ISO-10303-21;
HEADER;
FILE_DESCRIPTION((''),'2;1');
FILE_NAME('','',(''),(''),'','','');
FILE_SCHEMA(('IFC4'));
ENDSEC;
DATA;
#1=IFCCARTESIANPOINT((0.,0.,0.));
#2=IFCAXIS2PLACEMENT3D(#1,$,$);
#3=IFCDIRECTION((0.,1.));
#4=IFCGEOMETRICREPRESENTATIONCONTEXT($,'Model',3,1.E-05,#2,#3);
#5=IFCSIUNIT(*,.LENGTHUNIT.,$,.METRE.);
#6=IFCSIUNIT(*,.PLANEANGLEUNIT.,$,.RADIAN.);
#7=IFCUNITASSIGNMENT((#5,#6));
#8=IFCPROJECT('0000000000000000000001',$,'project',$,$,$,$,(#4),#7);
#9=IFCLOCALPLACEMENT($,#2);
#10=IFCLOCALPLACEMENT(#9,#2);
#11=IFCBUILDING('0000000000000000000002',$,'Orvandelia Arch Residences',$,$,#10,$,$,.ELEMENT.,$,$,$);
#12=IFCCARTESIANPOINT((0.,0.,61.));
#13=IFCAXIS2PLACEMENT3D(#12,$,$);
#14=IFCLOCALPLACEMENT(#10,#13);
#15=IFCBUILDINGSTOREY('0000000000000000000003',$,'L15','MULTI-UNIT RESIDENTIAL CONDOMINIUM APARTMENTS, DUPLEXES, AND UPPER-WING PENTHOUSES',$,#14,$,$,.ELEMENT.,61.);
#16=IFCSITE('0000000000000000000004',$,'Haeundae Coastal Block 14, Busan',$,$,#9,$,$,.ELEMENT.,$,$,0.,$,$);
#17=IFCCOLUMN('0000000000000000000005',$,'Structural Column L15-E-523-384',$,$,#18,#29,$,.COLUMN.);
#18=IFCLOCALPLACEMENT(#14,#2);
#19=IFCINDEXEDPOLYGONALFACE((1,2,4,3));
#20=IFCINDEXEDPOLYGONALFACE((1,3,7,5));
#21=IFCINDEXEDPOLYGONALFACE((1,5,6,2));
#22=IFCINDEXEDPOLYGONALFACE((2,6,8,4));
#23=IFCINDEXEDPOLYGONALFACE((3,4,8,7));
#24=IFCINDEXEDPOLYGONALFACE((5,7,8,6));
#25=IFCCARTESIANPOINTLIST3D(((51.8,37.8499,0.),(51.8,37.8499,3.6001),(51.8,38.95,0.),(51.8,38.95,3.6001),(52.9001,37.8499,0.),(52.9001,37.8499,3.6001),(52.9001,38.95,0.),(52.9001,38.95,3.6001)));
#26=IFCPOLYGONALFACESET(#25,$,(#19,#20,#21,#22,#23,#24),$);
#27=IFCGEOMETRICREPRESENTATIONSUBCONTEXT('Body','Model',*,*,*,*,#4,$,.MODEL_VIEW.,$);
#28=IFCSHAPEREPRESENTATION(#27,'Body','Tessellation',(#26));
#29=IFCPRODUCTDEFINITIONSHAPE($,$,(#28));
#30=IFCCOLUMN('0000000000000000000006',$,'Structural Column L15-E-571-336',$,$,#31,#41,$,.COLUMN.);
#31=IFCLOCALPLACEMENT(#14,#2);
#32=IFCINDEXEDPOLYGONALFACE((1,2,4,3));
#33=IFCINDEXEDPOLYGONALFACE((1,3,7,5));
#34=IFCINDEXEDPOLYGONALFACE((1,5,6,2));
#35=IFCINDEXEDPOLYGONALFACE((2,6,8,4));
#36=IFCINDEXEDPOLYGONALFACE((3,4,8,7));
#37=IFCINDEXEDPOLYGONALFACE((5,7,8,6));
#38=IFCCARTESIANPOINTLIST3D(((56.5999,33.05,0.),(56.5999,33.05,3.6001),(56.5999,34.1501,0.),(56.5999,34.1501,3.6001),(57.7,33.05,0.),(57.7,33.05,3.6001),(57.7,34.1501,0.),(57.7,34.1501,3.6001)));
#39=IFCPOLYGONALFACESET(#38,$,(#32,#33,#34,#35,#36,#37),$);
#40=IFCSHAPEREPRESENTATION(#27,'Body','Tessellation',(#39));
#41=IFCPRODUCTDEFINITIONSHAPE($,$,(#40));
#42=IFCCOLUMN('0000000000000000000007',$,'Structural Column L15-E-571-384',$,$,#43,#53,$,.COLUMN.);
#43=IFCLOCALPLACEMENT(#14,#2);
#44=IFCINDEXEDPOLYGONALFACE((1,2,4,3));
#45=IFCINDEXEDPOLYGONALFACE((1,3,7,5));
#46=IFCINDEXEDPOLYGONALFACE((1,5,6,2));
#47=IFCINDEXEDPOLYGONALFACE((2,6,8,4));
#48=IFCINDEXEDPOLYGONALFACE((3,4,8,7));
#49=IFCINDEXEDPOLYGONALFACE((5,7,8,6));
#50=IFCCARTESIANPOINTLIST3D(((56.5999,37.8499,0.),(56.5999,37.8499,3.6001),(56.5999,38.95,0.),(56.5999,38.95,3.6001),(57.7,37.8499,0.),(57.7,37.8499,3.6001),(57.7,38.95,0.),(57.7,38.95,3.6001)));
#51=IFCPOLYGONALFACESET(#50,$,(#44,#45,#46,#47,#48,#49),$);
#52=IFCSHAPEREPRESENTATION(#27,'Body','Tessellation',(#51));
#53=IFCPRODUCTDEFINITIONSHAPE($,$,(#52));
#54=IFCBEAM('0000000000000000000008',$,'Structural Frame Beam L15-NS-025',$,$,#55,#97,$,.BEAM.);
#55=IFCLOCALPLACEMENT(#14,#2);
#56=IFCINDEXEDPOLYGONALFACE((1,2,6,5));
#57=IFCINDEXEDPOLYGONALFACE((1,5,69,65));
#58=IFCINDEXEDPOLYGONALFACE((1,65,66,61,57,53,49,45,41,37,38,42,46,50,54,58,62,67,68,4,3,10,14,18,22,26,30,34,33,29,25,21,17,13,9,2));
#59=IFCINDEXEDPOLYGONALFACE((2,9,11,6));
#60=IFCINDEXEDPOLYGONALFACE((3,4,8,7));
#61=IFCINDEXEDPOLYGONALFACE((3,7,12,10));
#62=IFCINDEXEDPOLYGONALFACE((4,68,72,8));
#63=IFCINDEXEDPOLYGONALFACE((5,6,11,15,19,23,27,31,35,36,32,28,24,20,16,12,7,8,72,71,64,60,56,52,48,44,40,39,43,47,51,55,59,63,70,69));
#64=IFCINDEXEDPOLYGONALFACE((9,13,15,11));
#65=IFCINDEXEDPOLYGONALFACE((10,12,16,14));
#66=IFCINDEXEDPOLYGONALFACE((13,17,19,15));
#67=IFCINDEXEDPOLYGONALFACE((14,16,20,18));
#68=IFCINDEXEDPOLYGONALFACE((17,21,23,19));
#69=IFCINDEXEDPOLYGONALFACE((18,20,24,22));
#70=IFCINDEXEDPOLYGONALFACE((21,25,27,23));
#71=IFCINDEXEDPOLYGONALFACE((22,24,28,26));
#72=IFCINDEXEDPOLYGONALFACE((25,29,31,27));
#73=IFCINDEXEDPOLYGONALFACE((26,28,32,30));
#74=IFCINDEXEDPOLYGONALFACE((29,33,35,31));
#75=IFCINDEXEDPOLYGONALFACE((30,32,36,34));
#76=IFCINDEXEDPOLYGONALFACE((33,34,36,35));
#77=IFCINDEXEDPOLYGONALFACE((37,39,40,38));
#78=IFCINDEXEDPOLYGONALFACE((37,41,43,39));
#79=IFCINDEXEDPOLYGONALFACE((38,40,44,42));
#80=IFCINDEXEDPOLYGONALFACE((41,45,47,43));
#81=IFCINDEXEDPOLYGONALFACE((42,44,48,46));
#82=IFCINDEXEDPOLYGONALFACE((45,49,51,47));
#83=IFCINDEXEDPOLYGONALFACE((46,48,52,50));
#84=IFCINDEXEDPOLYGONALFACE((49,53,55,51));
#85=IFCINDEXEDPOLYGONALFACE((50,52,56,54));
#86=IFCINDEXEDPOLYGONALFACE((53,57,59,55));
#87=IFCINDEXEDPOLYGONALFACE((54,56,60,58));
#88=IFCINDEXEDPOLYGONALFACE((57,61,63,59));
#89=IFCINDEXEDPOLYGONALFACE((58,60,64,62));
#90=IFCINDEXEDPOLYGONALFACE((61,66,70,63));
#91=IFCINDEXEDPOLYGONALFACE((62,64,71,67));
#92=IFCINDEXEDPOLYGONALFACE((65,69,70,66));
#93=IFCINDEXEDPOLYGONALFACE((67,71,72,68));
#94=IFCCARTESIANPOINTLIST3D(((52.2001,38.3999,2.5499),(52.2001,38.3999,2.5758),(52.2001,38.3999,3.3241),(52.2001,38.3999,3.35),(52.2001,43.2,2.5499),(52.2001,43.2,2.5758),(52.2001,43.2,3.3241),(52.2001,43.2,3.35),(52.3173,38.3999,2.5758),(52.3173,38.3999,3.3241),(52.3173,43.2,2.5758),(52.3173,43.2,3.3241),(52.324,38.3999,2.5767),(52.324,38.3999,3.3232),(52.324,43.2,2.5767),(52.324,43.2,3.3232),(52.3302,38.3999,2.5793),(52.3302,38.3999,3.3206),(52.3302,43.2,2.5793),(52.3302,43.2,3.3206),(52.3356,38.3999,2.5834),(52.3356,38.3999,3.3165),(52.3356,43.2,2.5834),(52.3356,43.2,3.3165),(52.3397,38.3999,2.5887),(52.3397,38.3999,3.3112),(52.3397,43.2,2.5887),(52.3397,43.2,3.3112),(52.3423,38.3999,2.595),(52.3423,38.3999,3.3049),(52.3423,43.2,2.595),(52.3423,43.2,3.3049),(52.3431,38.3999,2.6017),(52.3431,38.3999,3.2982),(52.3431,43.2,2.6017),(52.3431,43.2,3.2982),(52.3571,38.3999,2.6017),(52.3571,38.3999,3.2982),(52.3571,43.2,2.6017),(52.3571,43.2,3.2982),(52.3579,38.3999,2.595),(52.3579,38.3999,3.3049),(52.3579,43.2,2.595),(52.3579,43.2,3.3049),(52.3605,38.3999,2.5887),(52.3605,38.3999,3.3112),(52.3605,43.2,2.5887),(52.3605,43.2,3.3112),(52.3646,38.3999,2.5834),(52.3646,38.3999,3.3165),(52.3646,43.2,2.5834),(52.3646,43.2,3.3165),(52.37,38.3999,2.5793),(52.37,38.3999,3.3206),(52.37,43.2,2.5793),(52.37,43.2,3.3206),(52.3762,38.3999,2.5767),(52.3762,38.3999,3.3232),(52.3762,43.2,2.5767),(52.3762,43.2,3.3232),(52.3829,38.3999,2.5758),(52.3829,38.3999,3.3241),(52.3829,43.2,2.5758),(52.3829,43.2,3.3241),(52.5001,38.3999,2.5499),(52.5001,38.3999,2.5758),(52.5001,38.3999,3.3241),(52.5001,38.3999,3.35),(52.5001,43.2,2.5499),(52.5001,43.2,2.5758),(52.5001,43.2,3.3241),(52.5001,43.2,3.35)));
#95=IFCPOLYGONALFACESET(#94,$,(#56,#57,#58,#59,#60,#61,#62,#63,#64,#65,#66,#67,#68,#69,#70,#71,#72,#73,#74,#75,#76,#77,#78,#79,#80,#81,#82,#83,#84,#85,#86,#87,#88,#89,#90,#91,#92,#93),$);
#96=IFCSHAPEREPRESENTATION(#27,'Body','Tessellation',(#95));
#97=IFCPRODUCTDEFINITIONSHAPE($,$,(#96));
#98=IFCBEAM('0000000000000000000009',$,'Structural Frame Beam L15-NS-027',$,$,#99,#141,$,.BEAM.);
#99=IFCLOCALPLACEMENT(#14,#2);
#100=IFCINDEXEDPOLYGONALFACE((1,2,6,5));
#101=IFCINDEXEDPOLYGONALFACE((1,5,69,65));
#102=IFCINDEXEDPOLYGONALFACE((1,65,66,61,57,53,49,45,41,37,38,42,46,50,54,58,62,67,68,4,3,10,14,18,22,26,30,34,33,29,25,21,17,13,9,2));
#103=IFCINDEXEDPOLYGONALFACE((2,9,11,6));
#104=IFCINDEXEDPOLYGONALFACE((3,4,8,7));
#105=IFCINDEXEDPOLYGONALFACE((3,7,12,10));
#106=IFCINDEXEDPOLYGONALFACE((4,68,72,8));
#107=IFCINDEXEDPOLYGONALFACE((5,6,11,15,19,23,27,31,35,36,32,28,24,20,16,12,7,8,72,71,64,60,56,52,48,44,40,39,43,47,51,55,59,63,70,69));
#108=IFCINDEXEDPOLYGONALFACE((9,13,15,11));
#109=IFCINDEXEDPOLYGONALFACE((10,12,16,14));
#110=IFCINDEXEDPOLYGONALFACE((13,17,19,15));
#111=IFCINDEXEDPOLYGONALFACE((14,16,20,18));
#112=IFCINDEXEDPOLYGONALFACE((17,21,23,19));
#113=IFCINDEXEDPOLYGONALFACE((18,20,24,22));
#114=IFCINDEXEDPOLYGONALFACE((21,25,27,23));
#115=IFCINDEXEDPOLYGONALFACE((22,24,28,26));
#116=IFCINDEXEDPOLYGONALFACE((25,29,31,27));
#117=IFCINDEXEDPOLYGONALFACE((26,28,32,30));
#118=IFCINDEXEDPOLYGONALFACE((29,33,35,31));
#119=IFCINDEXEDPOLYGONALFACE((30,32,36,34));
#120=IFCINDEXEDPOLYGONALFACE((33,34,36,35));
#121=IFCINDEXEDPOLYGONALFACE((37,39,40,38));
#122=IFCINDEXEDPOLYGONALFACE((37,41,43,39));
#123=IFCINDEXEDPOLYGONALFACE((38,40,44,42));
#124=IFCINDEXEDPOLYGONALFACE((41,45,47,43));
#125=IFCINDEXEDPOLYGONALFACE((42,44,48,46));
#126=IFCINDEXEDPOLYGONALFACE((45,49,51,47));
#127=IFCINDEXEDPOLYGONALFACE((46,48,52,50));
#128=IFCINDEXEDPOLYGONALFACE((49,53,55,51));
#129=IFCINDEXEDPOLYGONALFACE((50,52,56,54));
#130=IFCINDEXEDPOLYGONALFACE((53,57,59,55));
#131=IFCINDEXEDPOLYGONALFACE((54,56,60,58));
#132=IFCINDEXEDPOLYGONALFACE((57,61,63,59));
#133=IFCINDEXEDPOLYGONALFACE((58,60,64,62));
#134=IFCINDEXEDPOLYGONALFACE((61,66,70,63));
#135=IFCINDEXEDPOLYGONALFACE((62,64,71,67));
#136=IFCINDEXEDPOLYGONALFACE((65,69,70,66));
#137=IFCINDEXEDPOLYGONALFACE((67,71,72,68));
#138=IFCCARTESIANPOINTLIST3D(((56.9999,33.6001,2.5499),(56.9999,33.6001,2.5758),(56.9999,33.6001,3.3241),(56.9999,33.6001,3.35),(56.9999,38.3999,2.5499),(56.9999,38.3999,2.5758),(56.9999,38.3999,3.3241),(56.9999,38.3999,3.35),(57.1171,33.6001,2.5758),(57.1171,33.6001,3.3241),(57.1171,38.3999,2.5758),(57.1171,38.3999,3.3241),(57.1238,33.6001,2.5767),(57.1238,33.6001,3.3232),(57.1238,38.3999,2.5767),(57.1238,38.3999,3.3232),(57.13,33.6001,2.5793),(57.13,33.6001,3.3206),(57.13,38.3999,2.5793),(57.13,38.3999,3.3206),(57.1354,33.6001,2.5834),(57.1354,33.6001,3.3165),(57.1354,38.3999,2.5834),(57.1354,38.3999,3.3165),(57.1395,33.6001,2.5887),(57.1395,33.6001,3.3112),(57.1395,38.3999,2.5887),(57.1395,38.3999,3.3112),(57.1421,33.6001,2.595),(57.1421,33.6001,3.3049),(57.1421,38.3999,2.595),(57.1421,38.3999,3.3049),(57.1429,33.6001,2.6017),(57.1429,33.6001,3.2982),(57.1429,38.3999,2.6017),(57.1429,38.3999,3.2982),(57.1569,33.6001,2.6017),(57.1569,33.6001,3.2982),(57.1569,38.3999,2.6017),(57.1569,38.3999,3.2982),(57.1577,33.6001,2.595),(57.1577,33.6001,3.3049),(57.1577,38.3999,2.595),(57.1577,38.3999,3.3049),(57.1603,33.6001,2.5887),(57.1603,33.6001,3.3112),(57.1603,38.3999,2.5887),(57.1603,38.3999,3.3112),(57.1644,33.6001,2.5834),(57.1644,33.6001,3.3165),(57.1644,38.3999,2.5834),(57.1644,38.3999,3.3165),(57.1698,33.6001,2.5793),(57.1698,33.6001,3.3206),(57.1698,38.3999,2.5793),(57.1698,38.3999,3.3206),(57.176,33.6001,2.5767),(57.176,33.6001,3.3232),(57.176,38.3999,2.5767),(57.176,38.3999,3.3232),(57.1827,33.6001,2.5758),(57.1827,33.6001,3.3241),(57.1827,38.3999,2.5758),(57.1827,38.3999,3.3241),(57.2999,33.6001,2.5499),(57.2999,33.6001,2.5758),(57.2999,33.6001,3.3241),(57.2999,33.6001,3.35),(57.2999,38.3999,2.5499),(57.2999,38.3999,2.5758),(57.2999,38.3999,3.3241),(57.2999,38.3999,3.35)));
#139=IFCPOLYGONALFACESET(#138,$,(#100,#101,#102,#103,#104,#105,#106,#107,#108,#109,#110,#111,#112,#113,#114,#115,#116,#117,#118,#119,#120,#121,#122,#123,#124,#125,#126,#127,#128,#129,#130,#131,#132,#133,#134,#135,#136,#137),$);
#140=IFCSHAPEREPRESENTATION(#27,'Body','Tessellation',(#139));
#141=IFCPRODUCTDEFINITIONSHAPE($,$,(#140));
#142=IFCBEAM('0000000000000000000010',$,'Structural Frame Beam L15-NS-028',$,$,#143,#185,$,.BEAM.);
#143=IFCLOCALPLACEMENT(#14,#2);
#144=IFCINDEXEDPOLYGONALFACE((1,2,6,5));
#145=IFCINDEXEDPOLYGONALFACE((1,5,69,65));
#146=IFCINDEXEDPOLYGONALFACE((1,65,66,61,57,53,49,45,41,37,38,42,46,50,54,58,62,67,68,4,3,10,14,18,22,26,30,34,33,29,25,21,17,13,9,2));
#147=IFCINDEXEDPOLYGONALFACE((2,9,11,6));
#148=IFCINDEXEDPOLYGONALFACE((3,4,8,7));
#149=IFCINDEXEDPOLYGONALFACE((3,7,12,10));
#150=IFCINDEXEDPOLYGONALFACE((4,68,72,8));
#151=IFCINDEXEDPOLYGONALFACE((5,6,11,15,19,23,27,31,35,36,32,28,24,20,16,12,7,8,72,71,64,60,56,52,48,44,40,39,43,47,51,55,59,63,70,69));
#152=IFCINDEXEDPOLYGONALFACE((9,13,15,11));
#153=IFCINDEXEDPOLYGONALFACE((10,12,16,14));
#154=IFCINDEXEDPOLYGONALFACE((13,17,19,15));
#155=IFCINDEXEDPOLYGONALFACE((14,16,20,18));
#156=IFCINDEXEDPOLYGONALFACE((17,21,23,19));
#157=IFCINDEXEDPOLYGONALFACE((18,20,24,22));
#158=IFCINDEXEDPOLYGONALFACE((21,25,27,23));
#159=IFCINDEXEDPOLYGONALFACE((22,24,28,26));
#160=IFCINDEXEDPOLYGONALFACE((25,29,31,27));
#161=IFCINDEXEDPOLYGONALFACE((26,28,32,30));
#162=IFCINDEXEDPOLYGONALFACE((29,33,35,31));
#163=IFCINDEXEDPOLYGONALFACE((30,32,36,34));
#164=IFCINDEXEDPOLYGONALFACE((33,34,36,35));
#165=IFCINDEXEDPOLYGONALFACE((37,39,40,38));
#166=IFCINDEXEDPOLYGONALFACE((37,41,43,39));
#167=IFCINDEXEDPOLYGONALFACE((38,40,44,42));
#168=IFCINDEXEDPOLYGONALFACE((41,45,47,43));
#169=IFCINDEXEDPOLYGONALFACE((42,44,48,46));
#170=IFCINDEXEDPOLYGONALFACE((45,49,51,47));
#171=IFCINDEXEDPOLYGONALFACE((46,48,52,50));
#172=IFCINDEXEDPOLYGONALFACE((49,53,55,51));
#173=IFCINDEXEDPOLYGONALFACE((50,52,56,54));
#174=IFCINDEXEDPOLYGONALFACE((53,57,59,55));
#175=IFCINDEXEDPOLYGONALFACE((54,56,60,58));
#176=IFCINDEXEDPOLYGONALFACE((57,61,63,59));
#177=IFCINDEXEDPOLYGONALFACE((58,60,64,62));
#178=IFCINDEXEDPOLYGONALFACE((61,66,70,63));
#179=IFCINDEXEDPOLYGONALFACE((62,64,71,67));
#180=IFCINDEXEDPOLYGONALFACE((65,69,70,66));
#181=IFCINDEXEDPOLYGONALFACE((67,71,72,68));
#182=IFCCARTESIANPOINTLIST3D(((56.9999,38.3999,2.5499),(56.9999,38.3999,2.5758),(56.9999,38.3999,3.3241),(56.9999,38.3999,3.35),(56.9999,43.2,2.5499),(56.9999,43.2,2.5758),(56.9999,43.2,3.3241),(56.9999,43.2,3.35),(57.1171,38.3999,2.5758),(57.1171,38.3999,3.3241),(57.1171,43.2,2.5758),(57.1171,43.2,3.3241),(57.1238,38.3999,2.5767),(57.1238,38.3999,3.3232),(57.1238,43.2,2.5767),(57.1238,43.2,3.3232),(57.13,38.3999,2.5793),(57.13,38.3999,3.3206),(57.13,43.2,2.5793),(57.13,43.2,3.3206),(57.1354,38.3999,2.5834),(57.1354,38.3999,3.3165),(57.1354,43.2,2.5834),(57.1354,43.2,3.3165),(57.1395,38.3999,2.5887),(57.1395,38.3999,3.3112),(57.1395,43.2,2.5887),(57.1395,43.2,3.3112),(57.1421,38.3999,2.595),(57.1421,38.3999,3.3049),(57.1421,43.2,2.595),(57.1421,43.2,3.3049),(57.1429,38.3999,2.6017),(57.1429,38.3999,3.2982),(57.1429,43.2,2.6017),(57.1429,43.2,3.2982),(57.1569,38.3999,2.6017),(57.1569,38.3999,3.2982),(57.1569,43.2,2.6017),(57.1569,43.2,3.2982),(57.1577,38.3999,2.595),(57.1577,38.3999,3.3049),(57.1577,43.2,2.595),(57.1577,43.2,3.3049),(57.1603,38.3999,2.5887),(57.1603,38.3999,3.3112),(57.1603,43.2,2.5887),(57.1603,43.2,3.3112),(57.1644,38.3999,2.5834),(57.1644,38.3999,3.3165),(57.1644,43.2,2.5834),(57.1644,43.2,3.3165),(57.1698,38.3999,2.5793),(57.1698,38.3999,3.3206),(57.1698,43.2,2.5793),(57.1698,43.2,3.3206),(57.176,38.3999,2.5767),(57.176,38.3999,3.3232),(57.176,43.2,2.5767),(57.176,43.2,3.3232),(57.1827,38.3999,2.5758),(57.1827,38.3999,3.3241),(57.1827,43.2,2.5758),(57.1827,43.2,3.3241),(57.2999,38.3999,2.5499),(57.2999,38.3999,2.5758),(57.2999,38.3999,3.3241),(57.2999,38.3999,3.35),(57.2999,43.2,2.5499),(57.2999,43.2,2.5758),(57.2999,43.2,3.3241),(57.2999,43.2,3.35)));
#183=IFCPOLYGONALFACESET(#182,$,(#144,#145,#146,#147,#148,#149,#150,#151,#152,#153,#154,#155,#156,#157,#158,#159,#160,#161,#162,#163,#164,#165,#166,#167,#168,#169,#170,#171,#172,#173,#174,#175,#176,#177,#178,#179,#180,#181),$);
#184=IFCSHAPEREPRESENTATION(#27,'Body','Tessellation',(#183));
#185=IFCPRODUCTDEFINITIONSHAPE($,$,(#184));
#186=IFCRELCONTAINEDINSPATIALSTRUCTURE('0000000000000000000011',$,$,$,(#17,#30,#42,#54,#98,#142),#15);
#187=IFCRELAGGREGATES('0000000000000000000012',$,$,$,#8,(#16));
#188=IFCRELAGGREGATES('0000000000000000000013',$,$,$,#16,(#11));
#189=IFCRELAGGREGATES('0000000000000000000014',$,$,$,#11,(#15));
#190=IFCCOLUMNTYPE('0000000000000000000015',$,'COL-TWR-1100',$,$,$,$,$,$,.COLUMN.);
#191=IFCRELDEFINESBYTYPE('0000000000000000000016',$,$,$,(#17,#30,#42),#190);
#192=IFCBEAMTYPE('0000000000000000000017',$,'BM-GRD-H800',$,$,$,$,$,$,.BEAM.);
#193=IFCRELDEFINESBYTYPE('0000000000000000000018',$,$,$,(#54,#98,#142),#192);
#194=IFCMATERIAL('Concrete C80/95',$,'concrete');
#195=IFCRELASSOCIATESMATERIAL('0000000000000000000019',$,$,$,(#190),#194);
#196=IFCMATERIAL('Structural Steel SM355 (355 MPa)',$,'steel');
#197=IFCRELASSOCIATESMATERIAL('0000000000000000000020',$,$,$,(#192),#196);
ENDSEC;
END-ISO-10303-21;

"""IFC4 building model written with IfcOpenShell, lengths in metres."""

from ifc_helpers import new_model, si_unit, direction, frame, origin, origin_2d, place, context, subcontext, project, spatial, rectangle, i_section, extrude, material, material_profile, profile_set, type_object, element, save


model = new_model("IFC4")

# Units and contexts
model_context = context("Model", 3, precision=1e-05, world=origin(), true_north=direction((0.0, 1.0)))
body_context = subcontext(model_context, "Body", "Model", "MODEL_VIEW")
ifc_project = project(units=[si_unit("LENGTHUNIT", "METRE"), si_unit("PLANEANGLEUNIT", "RADIAN")], contexts=[model_context])

# Site, building, storey
site_placement = place(None, origin())
site = spatial("IfcSite", under=ifc_project, at=site_placement, Name="Haeundae Coastal Block 14, Busan", CompositionType="ELEMENT", RefElevation=0.0)
building_placement = place(site_placement, origin())
building = spatial("IfcBuilding", under=site, at=building_placement, Name="Orvandelia Arch Residences", CompositionType="ELEMENT")
storey_placement = place(building_placement, frame((0.0, 0.0, 61.0)))
storey = spatial("IfcBuildingStorey", under=building, at=storey_placement, Name="L15", Description="MULTI-UNIT RESIDENTIAL CONDOMINIUM APARTMENTS, DUPLEXES, AND UPPER-WING PENTHOUSES", CompositionType="ELEMENT", Elevation=61.0)

# Columns
ifc_material_1 = material(Name="Concrete C80/95", Category="concrete")
ifc_material_profile_1 = material_profile(ifc_material_1, rectangle(XDim=1.1001, YDim=1.1001, at=origin_2d()), Name="Concrete C80/95", Category="concrete")
ifc_profile_set_1 = profile_set([ifc_material_profile_1], Name="Concrete C80/95")
column_type = type_object("IfcColumnType", Name="COL-TWR-1100", PredefinedType="COLUMN", material=ifc_profile_set_1)
for number, where, z_axis, x_axis, name in (
    (1, (52.3501, 38.3999, 0.0), (0.0, 0.0, 1.0), (1.0, 0.0, 0.0), "Structural Column L15-E-523-384"),
    (2, (57.1499, 33.6001, 0.0), (0.0, 0.0, 1.0), (1.0, 0.0, 0.0), "Structural Column L15-E-571-336"),
    (3, (57.1499, 38.3999, 0.0), (0.0, 0.0, 1.0), (1.0, 0.0, 0.0), "Structural Column L15-E-571-384"),
):
    element("IfcColumn", number, at=place(storey_placement, frame(where, z_axis=z_axis, x_axis=x_axis)), inside=storey, type_object=column_type, Name=name, PredefinedType="COLUMN", context=body_context, shape_type="SweptSolid", body=[
        extrude(rectangle(XDim=1.1001, YDim=1.1001, at=origin_2d()), origin(), (0.0, 0.0, 1.0), 3.6001),
    ])

# Beams
ifc_material_2 = material(Name="Structural Steel SM355 (355 MPa)", Category="steel")
ifc_material_profile_2 = material_profile(ifc_material_2, i_section(OverallWidth=0.3, OverallDepth=0.8, WebThickness=0.0139, FlangeThickness=0.0259, FilletRadius=0.0259, at=origin_2d()), Name="Structural Steel SM355 (355 MPa)", Category="steel")
ifc_profile_set_2 = profile_set([ifc_material_profile_2], Name="Structural Steel SM355 (355 MPa)")
beam_type = type_object("IfcBeamType", Name="BM-GRD-H800", PredefinedType="BEAM", material=ifc_profile_set_2)
beam_1_placement = place(storey_placement, frame((52.3501, 38.3999, 2.95), z_axis=(0.0, 1.0, 0.0), x_axis=(-1.0, 0.0, 0.0)))
element("IfcBeam", 4, at=beam_1_placement, inside=storey, type_object=beam_type, Name="Structural Frame Beam L15-NS-025", PredefinedType="BEAM", context=body_context, shape_type="SweptSolid", body=[
    extrude(i_section(OverallWidth=0.3, OverallDepth=0.8, WebThickness=0.0139, FlangeThickness=0.0259, FilletRadius=0.0259, at=origin_2d()), origin(), (0.0, 0.0, 1.0), 4.8),
])
beam_2_placement = place(storey_placement, frame((57.1499, 33.6001, 2.95), z_axis=(0.0, 1.0, 0.0), x_axis=(-1.0, 0.0, 0.0)))
element("IfcBeam", 5, at=beam_2_placement, inside=storey, type_object=beam_type, Name="Structural Frame Beam L15-NS-027", PredefinedType="BEAM", context=body_context, shape_type="SweptSolid", body=[
    extrude(i_section(OverallWidth=0.3, OverallDepth=0.8, WebThickness=0.0139, FlangeThickness=0.0259, FilletRadius=0.0259, at=origin_2d()), origin(), (0.0, 0.0, 1.0), 4.7998),
])
beam_3_placement = place(storey_placement, frame((57.1499, 38.3999, 2.95), z_axis=(0.0, 1.0, 0.0), x_axis=(-1.0, 0.0, 0.0)))
element("IfcBeam", 6, at=beam_3_placement, inside=storey, type_object=beam_type, Name="Structural Frame Beam L15-NS-028", PredefinedType="BEAM", context=body_context, shape_type="SweptSolid", body=[
    extrude(i_section(OverallWidth=0.3, OverallDepth=0.8, WebThickness=0.0139, FlangeThickness=0.0259, FilletRadius=0.0259, at=origin_2d()), origin(), (0.0, 0.0, 1.0), 4.8),
])

save(model, "model.ifc")
